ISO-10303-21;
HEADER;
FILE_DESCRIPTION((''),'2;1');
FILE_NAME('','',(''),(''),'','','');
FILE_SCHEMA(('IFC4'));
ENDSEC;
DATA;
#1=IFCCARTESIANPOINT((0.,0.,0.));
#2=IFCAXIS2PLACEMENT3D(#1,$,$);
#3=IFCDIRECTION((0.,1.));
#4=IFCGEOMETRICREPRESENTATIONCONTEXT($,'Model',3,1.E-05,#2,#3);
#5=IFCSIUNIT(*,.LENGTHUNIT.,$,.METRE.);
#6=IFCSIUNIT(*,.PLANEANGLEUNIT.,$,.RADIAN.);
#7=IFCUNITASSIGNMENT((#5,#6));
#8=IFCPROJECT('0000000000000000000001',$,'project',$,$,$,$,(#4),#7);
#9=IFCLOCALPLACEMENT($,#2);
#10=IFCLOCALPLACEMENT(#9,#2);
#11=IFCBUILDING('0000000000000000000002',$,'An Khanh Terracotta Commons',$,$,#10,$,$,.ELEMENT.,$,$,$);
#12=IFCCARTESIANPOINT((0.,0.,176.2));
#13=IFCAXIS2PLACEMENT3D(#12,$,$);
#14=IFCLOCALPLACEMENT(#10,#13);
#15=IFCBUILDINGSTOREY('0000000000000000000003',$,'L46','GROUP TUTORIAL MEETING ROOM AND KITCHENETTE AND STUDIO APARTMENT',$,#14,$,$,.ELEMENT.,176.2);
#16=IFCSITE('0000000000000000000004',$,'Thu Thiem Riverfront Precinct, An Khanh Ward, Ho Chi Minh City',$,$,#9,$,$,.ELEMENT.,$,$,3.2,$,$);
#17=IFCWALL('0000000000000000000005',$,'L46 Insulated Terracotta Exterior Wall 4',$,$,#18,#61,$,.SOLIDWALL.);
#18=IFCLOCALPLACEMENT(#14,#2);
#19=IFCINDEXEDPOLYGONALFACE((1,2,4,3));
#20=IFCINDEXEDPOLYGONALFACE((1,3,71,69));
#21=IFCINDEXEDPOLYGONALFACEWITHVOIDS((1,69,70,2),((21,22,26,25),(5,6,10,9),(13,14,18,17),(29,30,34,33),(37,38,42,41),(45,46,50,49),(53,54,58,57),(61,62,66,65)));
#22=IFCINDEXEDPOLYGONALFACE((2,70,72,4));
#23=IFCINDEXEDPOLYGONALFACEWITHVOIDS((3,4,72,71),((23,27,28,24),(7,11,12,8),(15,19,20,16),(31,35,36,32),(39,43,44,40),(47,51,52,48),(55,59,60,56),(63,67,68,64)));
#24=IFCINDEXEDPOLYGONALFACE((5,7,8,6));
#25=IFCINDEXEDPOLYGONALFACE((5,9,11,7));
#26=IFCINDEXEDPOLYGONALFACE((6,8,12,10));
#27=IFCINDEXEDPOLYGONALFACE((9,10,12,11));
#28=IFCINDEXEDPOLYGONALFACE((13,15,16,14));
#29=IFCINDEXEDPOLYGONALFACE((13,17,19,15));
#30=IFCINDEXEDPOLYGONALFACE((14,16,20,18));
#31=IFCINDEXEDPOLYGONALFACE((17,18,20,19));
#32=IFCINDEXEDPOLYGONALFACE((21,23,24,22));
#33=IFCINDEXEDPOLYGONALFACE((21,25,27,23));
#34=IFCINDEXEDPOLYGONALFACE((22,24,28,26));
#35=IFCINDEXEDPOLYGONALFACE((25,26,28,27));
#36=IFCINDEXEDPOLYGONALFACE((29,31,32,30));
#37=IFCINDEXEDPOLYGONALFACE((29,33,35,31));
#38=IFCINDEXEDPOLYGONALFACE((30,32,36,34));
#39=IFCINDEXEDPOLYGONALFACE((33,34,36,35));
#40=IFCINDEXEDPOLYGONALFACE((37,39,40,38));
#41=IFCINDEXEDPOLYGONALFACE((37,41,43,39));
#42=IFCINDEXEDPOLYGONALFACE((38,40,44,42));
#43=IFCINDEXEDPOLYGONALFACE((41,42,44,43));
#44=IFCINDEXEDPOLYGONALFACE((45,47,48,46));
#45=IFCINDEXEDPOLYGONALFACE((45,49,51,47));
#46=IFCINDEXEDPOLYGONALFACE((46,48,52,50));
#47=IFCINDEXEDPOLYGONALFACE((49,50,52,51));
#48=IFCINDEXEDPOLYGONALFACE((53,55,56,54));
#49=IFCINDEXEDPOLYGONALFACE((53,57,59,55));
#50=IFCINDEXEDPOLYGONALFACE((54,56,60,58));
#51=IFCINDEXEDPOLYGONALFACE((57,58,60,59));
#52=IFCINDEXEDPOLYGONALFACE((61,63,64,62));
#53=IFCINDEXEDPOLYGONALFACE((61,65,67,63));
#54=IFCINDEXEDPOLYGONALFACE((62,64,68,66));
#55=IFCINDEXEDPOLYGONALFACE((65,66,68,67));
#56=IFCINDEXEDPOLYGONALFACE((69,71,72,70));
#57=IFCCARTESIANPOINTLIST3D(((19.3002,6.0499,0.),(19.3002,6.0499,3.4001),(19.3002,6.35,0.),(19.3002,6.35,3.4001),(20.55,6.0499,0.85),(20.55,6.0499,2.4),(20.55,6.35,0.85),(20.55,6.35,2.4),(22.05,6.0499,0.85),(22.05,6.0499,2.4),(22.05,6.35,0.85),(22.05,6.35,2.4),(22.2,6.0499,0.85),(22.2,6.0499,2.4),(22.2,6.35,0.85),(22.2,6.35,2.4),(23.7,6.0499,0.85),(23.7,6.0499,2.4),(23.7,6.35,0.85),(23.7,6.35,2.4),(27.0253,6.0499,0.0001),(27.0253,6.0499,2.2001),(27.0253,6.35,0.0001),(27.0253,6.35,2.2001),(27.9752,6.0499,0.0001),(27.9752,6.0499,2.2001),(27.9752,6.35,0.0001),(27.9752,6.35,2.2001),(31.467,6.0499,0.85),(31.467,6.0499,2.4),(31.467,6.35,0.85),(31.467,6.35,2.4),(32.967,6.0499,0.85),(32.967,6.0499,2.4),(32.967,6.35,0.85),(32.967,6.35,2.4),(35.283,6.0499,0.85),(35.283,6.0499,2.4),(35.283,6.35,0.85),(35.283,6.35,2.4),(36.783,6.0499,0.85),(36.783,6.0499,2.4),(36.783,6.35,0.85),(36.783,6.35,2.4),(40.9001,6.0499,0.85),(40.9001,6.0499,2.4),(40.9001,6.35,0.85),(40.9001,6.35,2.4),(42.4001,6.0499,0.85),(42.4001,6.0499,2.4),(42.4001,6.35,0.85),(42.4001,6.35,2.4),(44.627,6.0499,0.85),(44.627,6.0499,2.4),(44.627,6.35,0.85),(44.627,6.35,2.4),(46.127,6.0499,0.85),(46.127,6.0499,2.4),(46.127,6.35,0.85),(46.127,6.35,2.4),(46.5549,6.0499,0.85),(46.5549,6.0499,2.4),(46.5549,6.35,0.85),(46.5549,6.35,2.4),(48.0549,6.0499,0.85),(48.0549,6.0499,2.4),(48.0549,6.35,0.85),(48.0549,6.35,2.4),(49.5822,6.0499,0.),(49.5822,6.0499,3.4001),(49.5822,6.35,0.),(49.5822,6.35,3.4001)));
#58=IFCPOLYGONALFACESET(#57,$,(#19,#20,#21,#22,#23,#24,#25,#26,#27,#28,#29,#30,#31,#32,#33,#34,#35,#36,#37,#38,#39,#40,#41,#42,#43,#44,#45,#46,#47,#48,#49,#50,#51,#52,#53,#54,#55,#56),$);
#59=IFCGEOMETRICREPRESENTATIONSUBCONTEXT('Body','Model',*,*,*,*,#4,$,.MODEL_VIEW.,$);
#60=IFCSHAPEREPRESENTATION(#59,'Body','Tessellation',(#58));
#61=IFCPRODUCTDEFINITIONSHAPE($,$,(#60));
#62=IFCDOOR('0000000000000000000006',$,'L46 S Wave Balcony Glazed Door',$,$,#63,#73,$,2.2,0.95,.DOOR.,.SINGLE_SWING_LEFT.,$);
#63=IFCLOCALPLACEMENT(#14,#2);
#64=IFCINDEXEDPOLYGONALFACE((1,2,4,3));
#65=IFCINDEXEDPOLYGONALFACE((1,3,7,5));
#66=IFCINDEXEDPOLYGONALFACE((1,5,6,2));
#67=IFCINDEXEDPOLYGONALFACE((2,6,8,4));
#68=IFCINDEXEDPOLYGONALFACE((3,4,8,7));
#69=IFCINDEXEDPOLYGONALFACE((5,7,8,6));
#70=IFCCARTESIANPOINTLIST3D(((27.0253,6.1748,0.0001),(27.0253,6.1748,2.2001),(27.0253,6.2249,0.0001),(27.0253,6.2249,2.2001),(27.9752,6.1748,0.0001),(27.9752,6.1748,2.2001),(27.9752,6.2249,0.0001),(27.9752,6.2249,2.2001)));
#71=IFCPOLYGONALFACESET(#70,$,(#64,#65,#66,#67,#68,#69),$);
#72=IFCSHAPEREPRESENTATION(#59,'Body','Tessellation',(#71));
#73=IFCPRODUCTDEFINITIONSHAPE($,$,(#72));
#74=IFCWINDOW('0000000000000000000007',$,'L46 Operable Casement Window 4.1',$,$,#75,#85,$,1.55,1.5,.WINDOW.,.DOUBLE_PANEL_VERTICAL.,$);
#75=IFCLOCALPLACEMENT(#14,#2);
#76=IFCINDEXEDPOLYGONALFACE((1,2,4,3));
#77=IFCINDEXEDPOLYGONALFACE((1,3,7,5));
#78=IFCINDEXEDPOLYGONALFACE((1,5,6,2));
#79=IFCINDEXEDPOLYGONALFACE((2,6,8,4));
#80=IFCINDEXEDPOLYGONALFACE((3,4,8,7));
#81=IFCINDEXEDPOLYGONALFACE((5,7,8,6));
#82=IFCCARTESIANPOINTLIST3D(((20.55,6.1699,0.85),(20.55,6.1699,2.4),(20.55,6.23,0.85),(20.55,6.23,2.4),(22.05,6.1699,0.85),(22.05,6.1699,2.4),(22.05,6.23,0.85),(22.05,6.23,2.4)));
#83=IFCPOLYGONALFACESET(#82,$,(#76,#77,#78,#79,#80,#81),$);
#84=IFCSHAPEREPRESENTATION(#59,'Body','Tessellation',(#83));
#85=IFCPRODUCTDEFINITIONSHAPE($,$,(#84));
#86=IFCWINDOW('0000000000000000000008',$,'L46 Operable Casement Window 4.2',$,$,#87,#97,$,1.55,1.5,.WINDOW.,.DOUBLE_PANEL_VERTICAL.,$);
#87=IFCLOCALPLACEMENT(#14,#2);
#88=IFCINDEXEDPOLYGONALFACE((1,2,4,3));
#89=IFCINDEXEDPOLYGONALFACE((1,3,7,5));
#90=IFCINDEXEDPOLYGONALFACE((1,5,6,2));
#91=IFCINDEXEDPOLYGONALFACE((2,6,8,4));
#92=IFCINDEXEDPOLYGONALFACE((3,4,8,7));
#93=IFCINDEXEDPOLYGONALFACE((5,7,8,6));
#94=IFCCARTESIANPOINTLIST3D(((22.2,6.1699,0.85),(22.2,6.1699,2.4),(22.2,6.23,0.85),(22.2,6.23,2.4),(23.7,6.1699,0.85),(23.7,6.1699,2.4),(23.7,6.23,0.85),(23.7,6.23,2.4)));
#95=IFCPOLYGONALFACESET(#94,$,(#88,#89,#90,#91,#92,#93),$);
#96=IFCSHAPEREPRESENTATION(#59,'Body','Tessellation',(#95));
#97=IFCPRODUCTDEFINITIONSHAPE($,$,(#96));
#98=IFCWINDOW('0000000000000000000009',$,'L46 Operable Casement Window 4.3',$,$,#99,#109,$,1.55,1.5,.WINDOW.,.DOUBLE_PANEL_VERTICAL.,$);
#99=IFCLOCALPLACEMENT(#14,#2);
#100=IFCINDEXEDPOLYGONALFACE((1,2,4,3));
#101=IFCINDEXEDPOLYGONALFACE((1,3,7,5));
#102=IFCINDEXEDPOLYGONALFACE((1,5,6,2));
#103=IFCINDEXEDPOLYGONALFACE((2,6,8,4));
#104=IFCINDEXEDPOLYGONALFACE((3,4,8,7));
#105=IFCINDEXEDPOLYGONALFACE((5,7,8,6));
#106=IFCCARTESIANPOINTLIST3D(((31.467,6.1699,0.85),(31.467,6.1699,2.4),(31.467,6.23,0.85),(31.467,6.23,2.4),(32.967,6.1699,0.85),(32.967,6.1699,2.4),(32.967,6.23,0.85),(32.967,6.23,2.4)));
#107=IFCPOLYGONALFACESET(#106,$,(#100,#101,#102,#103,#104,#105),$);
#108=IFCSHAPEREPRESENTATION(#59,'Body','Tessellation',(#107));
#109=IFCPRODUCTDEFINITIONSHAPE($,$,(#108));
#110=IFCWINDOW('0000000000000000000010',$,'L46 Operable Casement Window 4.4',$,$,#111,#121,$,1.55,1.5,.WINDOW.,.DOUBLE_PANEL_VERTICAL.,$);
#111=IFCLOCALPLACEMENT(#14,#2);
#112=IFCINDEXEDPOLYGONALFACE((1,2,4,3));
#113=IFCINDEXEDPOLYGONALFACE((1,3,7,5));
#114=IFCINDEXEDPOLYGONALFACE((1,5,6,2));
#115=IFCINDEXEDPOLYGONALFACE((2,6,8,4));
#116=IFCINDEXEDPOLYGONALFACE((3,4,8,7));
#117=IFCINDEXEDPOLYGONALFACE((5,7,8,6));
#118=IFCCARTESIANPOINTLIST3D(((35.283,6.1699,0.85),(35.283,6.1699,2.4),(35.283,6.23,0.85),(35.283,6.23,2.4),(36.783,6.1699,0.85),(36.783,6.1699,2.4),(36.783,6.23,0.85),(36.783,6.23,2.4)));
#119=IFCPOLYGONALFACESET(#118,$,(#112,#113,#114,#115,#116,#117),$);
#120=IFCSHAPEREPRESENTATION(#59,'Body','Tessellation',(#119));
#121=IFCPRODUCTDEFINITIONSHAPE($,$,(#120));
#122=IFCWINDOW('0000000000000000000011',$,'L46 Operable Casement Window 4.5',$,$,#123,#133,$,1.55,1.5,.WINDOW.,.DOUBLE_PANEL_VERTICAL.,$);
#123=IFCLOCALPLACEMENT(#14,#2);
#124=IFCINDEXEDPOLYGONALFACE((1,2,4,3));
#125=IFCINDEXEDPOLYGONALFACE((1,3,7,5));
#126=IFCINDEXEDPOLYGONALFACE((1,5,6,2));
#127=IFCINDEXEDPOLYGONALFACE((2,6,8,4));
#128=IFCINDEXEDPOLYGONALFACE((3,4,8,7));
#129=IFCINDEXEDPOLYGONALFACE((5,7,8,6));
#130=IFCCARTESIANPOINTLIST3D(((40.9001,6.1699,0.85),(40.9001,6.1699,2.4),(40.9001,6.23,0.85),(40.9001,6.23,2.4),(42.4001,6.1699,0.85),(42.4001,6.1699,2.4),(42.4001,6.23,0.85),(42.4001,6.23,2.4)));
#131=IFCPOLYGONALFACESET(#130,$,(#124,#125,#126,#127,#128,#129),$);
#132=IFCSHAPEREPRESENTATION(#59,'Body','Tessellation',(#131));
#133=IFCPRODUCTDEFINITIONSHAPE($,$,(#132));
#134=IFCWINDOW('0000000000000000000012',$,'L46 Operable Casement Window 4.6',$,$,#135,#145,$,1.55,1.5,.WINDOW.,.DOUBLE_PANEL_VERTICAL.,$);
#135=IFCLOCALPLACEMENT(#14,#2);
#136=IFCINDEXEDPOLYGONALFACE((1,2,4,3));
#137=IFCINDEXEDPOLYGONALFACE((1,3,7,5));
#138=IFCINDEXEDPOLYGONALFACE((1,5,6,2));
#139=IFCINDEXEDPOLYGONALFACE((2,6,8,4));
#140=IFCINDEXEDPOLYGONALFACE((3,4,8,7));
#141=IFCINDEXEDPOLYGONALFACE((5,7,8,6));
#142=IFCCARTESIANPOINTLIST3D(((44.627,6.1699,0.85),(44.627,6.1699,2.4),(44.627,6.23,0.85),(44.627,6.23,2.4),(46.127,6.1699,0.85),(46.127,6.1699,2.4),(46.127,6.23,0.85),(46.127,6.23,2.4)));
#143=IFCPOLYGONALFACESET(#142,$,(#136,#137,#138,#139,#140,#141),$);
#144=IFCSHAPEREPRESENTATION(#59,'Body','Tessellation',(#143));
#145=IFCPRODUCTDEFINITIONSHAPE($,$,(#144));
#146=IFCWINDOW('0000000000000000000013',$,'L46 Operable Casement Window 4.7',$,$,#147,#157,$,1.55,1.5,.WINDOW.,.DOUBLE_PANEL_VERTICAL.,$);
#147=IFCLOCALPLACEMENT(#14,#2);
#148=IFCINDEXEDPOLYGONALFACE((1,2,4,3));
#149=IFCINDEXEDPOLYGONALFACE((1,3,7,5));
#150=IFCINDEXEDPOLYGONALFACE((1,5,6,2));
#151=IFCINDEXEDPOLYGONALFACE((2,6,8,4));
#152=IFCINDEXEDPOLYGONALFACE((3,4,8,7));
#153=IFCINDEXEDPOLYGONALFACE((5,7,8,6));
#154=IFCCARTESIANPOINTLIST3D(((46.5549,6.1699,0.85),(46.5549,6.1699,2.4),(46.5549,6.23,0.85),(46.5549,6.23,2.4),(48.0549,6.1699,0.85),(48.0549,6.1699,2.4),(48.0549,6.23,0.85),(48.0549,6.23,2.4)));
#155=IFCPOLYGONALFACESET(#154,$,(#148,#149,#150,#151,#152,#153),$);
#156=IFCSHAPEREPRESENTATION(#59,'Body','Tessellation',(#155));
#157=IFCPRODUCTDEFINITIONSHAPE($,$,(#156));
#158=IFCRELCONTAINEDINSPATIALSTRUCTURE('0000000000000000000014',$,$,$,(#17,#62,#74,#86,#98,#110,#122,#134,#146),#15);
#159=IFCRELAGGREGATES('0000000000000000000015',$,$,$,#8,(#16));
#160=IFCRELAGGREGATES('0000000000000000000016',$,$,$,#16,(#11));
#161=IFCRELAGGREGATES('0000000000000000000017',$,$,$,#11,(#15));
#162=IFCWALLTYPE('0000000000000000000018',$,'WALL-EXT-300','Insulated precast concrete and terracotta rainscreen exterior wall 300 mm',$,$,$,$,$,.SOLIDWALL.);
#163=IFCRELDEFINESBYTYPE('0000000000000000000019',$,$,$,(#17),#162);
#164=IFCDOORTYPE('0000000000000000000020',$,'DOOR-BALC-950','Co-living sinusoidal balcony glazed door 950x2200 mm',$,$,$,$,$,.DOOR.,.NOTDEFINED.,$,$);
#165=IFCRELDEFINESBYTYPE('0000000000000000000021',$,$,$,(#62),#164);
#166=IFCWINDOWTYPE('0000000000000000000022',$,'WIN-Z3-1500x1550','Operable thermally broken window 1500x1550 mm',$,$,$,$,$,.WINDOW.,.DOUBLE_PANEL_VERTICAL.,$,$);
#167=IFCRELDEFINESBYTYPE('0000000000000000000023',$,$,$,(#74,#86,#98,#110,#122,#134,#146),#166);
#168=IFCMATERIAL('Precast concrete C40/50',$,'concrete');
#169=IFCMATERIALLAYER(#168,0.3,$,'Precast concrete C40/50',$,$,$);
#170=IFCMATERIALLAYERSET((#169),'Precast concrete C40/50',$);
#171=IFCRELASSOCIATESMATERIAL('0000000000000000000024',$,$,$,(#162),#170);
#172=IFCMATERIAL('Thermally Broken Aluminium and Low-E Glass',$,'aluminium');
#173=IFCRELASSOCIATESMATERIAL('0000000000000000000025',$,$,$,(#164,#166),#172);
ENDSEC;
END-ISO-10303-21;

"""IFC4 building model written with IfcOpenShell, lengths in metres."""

from ifc_helpers import new_model, si_unit, direction, frame, frame_2d, origin, place, context, subcontext, project, spatial, rectangle, extrude, material, layer, layer_set, type_object, element, fill, save


model = new_model("IFC4")

# Units and contexts
model_context = context("Model", 3, precision=1e-05, world=origin(), true_north=direction((0.0, 1.0)))
body_context = subcontext(model_context, "Body", "Model", "MODEL_VIEW")
ifc_project = project(units=[si_unit("LENGTHUNIT", "METRE"), si_unit("PLANEANGLEUNIT", "RADIAN")], contexts=[model_context])

# Site, building, storey
site_placement = place(None, origin())
site = spatial("IfcSite", under=ifc_project, at=site_placement, Name="Thu Thiem Riverfront Precinct, An Khanh Ward, Ho Chi Minh City", CompositionType="ELEMENT", RefElevation=3.2)
building_placement = place(site_placement, origin())
building = spatial("IfcBuilding", under=site, at=building_placement, Name="An Khanh Terracotta Commons", CompositionType="ELEMENT")
storey_placement = place(building_placement, frame((0.0, 0.0, 176.2)))
storey = spatial("IfcBuildingStorey", under=building, at=storey_placement, Name="L46", Description="GROUP TUTORIAL MEETING ROOM AND KITCHENETTE AND STUDIO APARTMENT", CompositionType="ELEMENT", Elevation=176.2)

# Shared definitions
ifc_material_1 = material(Name="Precast concrete C40/50", Category="concrete")
ifc_layer_1 = layer(ifc_material_1, 0.3, Name="Precast concrete C40/50")
ifc_layer_set_1 = layer_set([ifc_layer_1], Name="Precast concrete C40/50")
wall_type_1 = type_object("IfcWallType", Name="WALL-EXT-300", Description="Insulated precast concrete and terracotta rainscreen exterior wall 300 mm", PredefinedType="SOLIDWALL", material=ifc_layer_set_1)

# Wall, openings, door, windows
wall_1_placement = place(storey_placement, frame((19.3, 6.2, 0.0), z_axis=(0.0, 0.0, 1.0), x_axis=(1.0, 0.0, 0.0)))
wall_1 = element("IfcWall", 1, at=wall_1_placement, inside=storey, type_object=wall_type_1, Name="L46 Insulated Terracotta Exterior Wall 4", PredefinedType="SOLIDWALL", context=body_context, shape_type="SweptSolid", body=[
    extrude(rectangle(XDim=30.282, YDim=0.3, at=frame_2d((15.1411, 0.0))), origin(), (0.0, 0.0, 1.0), 3.4001),
])
opening_1_placement = place(wall_1_placement, frame((7.7251, 0.0, 0.0)))
opening_1 = element("IfcOpeningElement", 2, at=opening_1_placement, cuts=wall_1, PredefinedType="OPENING", context=body_context, shape_type="SweptSolid", body=[
    extrude(rectangle(XDim=0.95, YDim=2.2, at=frame_2d((0.4751, 1.1001))), frame((0.0, 0.1599, 0.0), z_axis=(0.0, -1.0, 0.0), x_axis=(1.0, 0.0, 0.0)), (0.0, 0.0, 1.0), 0.3201),
])
opening_2_placement = place(wall_1_placement, frame((1.25, 0.0, 0.8501)))
opening_2 = element("IfcOpeningElement", 3, at=opening_2_placement, cuts=wall_1, PredefinedType="OPENING", context=body_context, shape_type="SweptSolid", body=[
    extrude(rectangle(XDim=1.5, YDim=1.55, at=frame_2d((0.75, 0.7749))), frame((0.0, 0.1599, 0.0), z_axis=(0.0, -1.0, 0.0), x_axis=(1.0, 0.0, 0.0)), (0.0, 0.0, 1.0), 0.3201),
])
opening_3_placement = place(wall_1_placement, frame((2.8999, 0.0, 0.8501)))
opening_3 = element("IfcOpeningElement", 4, at=opening_3_placement, cuts=wall_1, PredefinedType="OPENING", context=body_context, shape_type="SweptSolid", body=[
    extrude(rectangle(XDim=1.5, YDim=1.55, at=frame_2d((0.75, 0.7749))), frame((0.0, 0.1599, 0.0), z_axis=(0.0, -1.0, 0.0), x_axis=(1.0, 0.0, 0.0)), (0.0, 0.0, 1.0), 0.3201),
])
opening_4_placement = place(wall_1_placement, frame((12.167, 0.0, 0.8501)))
opening_4 = element("IfcOpeningElement", 5, at=opening_4_placement, cuts=wall_1, PredefinedType="OPENING", context=body_context, shape_type="SweptSolid", body=[
    extrude(rectangle(XDim=1.5, YDim=1.55, at=frame_2d((0.75, 0.7749))), frame((0.0, 0.1599, 0.0), z_axis=(0.0, -1.0, 0.0), x_axis=(1.0, 0.0, 0.0)), (0.0, 0.0, 1.0), 0.3201),
])
opening_5_placement = place(wall_1_placement, frame((15.9829, 0.0, 0.8501)))
opening_5 = element("IfcOpeningElement", 6, at=opening_5_placement, cuts=wall_1, PredefinedType="OPENING", context=body_context, shape_type="SweptSolid", body=[
    extrude(rectangle(XDim=1.5, YDim=1.55, at=frame_2d((0.75, 0.7749))), frame((0.0, 0.1599, 0.0), z_axis=(0.0, -1.0, 0.0), x_axis=(1.0, 0.0, 0.0)), (0.0, 0.0, 1.0), 0.3201),
])
opening_6_placement = place(wall_1_placement, frame((21.6001, 0.0, 0.8501)))
opening_6 = element("IfcOpeningElement", 7, at=opening_6_placement, cuts=wall_1, PredefinedType="OPENING", context=body_context, shape_type="SweptSolid", body=[
    extrude(rectangle(XDim=1.5, YDim=1.55, at=frame_2d((0.75, 0.7749))), frame((0.0, 0.1599, 0.0), z_axis=(0.0, -1.0, 0.0), x_axis=(1.0, 0.0, 0.0)), (0.0, 0.0, 1.0), 0.3201),
])
opening_7_placement = place(wall_1_placement, frame((25.3269, 0.0, 0.8501)))
opening_7 = element("IfcOpeningElement", 8, at=opening_7_placement, cuts=wall_1, PredefinedType="OPENING", context=body_context, shape_type="SweptSolid", body=[
    extrude(rectangle(XDim=1.5, YDim=1.55, at=frame_2d((0.75, 0.7749))), frame((0.0, 0.1599, 0.0), z_axis=(0.0, -1.0, 0.0), x_axis=(1.0, 0.0, 0.0)), (0.0, 0.0, 1.0), 0.3201),
])
opening_8_placement = place(wall_1_placement, frame((27.2549, 0.0, 0.8501)))
opening_8 = element("IfcOpeningElement", 9, at=opening_8_placement, cuts=wall_1, PredefinedType="OPENING", context=body_context, shape_type="SweptSolid", body=[
    extrude(rectangle(XDim=1.5, YDim=1.55, at=frame_2d((0.75, 0.7749))), frame((0.0, 0.1599, 0.0), z_axis=(0.0, -1.0, 0.0), x_axis=(1.0, 0.0, 0.0)), (0.0, 0.0, 1.0), 0.3201),
])
ifc_material_2 = material(Name="Thermally Broken Aluminium and Low-E Glass", Category="aluminium")
door_type_1 = type_object("IfcDoorType", Name="DOOR-BALC-950", Description="Co-living sinusoidal balcony glazed door 950x2200 mm", OperationType="NOTDEFINED", PredefinedType="DOOR", material=ifc_material_2)
door_1_placement = place(opening_1_placement, origin())
door_1 = element("IfcDoor", 10, at=door_1_placement, inside=storey, type_object=door_type_1, Name="L46 S Wave Balcony Glazed Door", OperationType="SINGLE_SWING_LEFT", OverallHeight=2.2, OverallWidth=0.95, PredefinedType="DOOR", context=body_context, shape_type="SweptSolid", body=[
    extrude(rectangle(XDim=0.95, YDim=2.2, at=frame_2d((0.4751, 1.1001))), frame((0.0, 0.0249, 0.0), z_axis=(0.0, -1.0, 0.0), x_axis=(1.0, 0.0, 0.0)), (0.0, 0.0, 1.0), 0.05),
])
fill(opening_1, door_1)
window_type = type_object("IfcWindowType", Name="WIN-Z3-1500x1550", Description="Operable thermally broken window 1500x1550 mm", PartitioningType="DOUBLE_PANEL_VERTICAL", PredefinedType="WINDOW", material=ifc_material_2)
window_1_placement = place(opening_2_placement, origin())
window_1 = element("IfcWindow", 11, at=window_1_placement, inside=storey, type_object=window_type, Name="L46 Operable Casement Window 4.1", OverallHeight=1.55, OverallWidth=1.5, PartitioningType="DOUBLE_PANEL_VERTICAL", PredefinedType="WINDOW", context=body_context, shape_type="SweptSolid", body=[
    extrude(rectangle(XDim=1.5, YDim=1.55, at=frame_2d((0.75, 0.7749))), frame((0.0, 0.03, 0.0), z_axis=(0.0, -1.0, 0.0), x_axis=(1.0, 0.0, 0.0)), (0.0, 0.0, 1.0), 0.0601),
])
fill(opening_2, window_1)
window_2_placement = place(opening_3_placement, origin())
window_2 = element("IfcWindow", 12, at=window_2_placement, inside=storey, type_object=window_type, Name="L46 Operable Casement Window 4.2", OverallHeight=1.55, OverallWidth=1.5, PartitioningType="DOUBLE_PANEL_VERTICAL", PredefinedType="WINDOW", context=body_context, shape_type="SweptSolid", body=[
    extrude(rectangle(XDim=1.5, YDim=1.55, at=frame_2d((0.75, 0.7749))), frame((0.0, 0.03, 0.0), z_axis=(0.0, -1.0, 0.0), x_axis=(1.0, 0.0, 0.0)), (0.0, 0.0, 1.0), 0.0601),
])
fill(opening_3, window_2)
window_3_placement = place(opening_4_placement, origin())
window_3 = element("IfcWindow", 13, at=window_3_placement, inside=storey, type_object=window_type, Name="L46 Operable Casement Window 4.3", OverallHeight=1.55, OverallWidth=1.5, PartitioningType="DOUBLE_PANEL_VERTICAL", PredefinedType="WINDOW", context=body_context, shape_type="SweptSolid", body=[
    extrude(rectangle(XDim=1.5, YDim=1.55, at=frame_2d((0.75, 0.7749))), frame((0.0, 0.03, 0.0), z_axis=(0.0, -1.0, 0.0), x_axis=(1.0, 0.0, 0.0)), (0.0, 0.0, 1.0), 0.0601),
])
fill(opening_4, window_3)
window_4_placement = place(opening_5_placement, origin())
window_4 = element("IfcWindow", 14, at=window_4_placement, inside=storey, type_object=window_type, Name="L46 Operable Casement Window 4.4", OverallHeight=1.55, OverallWidth=1.5, PartitioningType="DOUBLE_PANEL_VERTICAL", PredefinedType="WINDOW", context=body_context, shape_type="SweptSolid", body=[
    extrude(rectangle(XDim=1.5, YDim=1.55, at=frame_2d((0.75, 0.7749))), frame((0.0, 0.03, 0.0), z_axis=(0.0, -1.0, 0.0), x_axis=(1.0, 0.0, 0.0)), (0.0, 0.0, 1.0), 0.0601),
])
fill(opening_5, window_4)
window_5_placement = place(opening_6_placement, origin())
window_5 = element("IfcWindow", 15, at=window_5_placement, inside=storey, type_object=window_type, Name="L46 Operable Casement Window 4.5", OverallHeight=1.55, OverallWidth=1.5, PartitioningType="DOUBLE_PANEL_VERTICAL", PredefinedType="WINDOW", context=body_context, shape_type="SweptSolid", body=[
    extrude(rectangle(XDim=1.5, YDim=1.55, at=frame_2d((0.75, 0.7749))), frame((0.0, 0.03, 0.0), z_axis=(0.0, -1.0, 0.0), x_axis=(1.0, 0.0, 0.0)), (0.0, 0.0, 1.0), 0.0601),
])
fill(opening_6, window_5)
window_6_placement = place(opening_7_placement, origin())
window_6 = element("IfcWindow", 16, at=window_6_placement, inside=storey, type_object=window_type, Name="L46 Operable Casement Window 4.6", OverallHeight=1.55, OverallWidth=1.5, PartitioningType="DOUBLE_PANEL_VERTICAL", PredefinedType="WINDOW", context=body_context, shape_type="SweptSolid", body=[
    extrude(rectangle(XDim=1.5, YDim=1.55, at=frame_2d((0.75, 0.7749))), frame((0.0, 0.03, 0.0), z_axis=(0.0, -1.0, 0.0), x_axis=(1.0, 0.0, 0.0)), (0.0, 0.0, 1.0), 0.0601),
])
fill(opening_7, window_6)
window_7_placement = place(opening_8_placement, origin())
window_7 = element("IfcWindow", 17, at=window_7_placement, inside=storey, type_object=window_type, Name="L46 Operable Casement Window 4.7", OverallHeight=1.55, OverallWidth=1.5, PartitioningType="DOUBLE_PANEL_VERTICAL", PredefinedType="WINDOW", context=body_context, shape_type="SweptSolid", body=[
    extrude(rectangle(XDim=1.5, YDim=1.55, at=frame_2d((0.75, 0.7749))), frame((0.0, 0.03, 0.0), z_axis=(0.0, -1.0, 0.0), x_axis=(1.0, 0.0, 0.0)), (0.0, 0.0, 1.0), 0.0601),
])
fill(opening_8, window_7)

save(model, "model.ifc")
